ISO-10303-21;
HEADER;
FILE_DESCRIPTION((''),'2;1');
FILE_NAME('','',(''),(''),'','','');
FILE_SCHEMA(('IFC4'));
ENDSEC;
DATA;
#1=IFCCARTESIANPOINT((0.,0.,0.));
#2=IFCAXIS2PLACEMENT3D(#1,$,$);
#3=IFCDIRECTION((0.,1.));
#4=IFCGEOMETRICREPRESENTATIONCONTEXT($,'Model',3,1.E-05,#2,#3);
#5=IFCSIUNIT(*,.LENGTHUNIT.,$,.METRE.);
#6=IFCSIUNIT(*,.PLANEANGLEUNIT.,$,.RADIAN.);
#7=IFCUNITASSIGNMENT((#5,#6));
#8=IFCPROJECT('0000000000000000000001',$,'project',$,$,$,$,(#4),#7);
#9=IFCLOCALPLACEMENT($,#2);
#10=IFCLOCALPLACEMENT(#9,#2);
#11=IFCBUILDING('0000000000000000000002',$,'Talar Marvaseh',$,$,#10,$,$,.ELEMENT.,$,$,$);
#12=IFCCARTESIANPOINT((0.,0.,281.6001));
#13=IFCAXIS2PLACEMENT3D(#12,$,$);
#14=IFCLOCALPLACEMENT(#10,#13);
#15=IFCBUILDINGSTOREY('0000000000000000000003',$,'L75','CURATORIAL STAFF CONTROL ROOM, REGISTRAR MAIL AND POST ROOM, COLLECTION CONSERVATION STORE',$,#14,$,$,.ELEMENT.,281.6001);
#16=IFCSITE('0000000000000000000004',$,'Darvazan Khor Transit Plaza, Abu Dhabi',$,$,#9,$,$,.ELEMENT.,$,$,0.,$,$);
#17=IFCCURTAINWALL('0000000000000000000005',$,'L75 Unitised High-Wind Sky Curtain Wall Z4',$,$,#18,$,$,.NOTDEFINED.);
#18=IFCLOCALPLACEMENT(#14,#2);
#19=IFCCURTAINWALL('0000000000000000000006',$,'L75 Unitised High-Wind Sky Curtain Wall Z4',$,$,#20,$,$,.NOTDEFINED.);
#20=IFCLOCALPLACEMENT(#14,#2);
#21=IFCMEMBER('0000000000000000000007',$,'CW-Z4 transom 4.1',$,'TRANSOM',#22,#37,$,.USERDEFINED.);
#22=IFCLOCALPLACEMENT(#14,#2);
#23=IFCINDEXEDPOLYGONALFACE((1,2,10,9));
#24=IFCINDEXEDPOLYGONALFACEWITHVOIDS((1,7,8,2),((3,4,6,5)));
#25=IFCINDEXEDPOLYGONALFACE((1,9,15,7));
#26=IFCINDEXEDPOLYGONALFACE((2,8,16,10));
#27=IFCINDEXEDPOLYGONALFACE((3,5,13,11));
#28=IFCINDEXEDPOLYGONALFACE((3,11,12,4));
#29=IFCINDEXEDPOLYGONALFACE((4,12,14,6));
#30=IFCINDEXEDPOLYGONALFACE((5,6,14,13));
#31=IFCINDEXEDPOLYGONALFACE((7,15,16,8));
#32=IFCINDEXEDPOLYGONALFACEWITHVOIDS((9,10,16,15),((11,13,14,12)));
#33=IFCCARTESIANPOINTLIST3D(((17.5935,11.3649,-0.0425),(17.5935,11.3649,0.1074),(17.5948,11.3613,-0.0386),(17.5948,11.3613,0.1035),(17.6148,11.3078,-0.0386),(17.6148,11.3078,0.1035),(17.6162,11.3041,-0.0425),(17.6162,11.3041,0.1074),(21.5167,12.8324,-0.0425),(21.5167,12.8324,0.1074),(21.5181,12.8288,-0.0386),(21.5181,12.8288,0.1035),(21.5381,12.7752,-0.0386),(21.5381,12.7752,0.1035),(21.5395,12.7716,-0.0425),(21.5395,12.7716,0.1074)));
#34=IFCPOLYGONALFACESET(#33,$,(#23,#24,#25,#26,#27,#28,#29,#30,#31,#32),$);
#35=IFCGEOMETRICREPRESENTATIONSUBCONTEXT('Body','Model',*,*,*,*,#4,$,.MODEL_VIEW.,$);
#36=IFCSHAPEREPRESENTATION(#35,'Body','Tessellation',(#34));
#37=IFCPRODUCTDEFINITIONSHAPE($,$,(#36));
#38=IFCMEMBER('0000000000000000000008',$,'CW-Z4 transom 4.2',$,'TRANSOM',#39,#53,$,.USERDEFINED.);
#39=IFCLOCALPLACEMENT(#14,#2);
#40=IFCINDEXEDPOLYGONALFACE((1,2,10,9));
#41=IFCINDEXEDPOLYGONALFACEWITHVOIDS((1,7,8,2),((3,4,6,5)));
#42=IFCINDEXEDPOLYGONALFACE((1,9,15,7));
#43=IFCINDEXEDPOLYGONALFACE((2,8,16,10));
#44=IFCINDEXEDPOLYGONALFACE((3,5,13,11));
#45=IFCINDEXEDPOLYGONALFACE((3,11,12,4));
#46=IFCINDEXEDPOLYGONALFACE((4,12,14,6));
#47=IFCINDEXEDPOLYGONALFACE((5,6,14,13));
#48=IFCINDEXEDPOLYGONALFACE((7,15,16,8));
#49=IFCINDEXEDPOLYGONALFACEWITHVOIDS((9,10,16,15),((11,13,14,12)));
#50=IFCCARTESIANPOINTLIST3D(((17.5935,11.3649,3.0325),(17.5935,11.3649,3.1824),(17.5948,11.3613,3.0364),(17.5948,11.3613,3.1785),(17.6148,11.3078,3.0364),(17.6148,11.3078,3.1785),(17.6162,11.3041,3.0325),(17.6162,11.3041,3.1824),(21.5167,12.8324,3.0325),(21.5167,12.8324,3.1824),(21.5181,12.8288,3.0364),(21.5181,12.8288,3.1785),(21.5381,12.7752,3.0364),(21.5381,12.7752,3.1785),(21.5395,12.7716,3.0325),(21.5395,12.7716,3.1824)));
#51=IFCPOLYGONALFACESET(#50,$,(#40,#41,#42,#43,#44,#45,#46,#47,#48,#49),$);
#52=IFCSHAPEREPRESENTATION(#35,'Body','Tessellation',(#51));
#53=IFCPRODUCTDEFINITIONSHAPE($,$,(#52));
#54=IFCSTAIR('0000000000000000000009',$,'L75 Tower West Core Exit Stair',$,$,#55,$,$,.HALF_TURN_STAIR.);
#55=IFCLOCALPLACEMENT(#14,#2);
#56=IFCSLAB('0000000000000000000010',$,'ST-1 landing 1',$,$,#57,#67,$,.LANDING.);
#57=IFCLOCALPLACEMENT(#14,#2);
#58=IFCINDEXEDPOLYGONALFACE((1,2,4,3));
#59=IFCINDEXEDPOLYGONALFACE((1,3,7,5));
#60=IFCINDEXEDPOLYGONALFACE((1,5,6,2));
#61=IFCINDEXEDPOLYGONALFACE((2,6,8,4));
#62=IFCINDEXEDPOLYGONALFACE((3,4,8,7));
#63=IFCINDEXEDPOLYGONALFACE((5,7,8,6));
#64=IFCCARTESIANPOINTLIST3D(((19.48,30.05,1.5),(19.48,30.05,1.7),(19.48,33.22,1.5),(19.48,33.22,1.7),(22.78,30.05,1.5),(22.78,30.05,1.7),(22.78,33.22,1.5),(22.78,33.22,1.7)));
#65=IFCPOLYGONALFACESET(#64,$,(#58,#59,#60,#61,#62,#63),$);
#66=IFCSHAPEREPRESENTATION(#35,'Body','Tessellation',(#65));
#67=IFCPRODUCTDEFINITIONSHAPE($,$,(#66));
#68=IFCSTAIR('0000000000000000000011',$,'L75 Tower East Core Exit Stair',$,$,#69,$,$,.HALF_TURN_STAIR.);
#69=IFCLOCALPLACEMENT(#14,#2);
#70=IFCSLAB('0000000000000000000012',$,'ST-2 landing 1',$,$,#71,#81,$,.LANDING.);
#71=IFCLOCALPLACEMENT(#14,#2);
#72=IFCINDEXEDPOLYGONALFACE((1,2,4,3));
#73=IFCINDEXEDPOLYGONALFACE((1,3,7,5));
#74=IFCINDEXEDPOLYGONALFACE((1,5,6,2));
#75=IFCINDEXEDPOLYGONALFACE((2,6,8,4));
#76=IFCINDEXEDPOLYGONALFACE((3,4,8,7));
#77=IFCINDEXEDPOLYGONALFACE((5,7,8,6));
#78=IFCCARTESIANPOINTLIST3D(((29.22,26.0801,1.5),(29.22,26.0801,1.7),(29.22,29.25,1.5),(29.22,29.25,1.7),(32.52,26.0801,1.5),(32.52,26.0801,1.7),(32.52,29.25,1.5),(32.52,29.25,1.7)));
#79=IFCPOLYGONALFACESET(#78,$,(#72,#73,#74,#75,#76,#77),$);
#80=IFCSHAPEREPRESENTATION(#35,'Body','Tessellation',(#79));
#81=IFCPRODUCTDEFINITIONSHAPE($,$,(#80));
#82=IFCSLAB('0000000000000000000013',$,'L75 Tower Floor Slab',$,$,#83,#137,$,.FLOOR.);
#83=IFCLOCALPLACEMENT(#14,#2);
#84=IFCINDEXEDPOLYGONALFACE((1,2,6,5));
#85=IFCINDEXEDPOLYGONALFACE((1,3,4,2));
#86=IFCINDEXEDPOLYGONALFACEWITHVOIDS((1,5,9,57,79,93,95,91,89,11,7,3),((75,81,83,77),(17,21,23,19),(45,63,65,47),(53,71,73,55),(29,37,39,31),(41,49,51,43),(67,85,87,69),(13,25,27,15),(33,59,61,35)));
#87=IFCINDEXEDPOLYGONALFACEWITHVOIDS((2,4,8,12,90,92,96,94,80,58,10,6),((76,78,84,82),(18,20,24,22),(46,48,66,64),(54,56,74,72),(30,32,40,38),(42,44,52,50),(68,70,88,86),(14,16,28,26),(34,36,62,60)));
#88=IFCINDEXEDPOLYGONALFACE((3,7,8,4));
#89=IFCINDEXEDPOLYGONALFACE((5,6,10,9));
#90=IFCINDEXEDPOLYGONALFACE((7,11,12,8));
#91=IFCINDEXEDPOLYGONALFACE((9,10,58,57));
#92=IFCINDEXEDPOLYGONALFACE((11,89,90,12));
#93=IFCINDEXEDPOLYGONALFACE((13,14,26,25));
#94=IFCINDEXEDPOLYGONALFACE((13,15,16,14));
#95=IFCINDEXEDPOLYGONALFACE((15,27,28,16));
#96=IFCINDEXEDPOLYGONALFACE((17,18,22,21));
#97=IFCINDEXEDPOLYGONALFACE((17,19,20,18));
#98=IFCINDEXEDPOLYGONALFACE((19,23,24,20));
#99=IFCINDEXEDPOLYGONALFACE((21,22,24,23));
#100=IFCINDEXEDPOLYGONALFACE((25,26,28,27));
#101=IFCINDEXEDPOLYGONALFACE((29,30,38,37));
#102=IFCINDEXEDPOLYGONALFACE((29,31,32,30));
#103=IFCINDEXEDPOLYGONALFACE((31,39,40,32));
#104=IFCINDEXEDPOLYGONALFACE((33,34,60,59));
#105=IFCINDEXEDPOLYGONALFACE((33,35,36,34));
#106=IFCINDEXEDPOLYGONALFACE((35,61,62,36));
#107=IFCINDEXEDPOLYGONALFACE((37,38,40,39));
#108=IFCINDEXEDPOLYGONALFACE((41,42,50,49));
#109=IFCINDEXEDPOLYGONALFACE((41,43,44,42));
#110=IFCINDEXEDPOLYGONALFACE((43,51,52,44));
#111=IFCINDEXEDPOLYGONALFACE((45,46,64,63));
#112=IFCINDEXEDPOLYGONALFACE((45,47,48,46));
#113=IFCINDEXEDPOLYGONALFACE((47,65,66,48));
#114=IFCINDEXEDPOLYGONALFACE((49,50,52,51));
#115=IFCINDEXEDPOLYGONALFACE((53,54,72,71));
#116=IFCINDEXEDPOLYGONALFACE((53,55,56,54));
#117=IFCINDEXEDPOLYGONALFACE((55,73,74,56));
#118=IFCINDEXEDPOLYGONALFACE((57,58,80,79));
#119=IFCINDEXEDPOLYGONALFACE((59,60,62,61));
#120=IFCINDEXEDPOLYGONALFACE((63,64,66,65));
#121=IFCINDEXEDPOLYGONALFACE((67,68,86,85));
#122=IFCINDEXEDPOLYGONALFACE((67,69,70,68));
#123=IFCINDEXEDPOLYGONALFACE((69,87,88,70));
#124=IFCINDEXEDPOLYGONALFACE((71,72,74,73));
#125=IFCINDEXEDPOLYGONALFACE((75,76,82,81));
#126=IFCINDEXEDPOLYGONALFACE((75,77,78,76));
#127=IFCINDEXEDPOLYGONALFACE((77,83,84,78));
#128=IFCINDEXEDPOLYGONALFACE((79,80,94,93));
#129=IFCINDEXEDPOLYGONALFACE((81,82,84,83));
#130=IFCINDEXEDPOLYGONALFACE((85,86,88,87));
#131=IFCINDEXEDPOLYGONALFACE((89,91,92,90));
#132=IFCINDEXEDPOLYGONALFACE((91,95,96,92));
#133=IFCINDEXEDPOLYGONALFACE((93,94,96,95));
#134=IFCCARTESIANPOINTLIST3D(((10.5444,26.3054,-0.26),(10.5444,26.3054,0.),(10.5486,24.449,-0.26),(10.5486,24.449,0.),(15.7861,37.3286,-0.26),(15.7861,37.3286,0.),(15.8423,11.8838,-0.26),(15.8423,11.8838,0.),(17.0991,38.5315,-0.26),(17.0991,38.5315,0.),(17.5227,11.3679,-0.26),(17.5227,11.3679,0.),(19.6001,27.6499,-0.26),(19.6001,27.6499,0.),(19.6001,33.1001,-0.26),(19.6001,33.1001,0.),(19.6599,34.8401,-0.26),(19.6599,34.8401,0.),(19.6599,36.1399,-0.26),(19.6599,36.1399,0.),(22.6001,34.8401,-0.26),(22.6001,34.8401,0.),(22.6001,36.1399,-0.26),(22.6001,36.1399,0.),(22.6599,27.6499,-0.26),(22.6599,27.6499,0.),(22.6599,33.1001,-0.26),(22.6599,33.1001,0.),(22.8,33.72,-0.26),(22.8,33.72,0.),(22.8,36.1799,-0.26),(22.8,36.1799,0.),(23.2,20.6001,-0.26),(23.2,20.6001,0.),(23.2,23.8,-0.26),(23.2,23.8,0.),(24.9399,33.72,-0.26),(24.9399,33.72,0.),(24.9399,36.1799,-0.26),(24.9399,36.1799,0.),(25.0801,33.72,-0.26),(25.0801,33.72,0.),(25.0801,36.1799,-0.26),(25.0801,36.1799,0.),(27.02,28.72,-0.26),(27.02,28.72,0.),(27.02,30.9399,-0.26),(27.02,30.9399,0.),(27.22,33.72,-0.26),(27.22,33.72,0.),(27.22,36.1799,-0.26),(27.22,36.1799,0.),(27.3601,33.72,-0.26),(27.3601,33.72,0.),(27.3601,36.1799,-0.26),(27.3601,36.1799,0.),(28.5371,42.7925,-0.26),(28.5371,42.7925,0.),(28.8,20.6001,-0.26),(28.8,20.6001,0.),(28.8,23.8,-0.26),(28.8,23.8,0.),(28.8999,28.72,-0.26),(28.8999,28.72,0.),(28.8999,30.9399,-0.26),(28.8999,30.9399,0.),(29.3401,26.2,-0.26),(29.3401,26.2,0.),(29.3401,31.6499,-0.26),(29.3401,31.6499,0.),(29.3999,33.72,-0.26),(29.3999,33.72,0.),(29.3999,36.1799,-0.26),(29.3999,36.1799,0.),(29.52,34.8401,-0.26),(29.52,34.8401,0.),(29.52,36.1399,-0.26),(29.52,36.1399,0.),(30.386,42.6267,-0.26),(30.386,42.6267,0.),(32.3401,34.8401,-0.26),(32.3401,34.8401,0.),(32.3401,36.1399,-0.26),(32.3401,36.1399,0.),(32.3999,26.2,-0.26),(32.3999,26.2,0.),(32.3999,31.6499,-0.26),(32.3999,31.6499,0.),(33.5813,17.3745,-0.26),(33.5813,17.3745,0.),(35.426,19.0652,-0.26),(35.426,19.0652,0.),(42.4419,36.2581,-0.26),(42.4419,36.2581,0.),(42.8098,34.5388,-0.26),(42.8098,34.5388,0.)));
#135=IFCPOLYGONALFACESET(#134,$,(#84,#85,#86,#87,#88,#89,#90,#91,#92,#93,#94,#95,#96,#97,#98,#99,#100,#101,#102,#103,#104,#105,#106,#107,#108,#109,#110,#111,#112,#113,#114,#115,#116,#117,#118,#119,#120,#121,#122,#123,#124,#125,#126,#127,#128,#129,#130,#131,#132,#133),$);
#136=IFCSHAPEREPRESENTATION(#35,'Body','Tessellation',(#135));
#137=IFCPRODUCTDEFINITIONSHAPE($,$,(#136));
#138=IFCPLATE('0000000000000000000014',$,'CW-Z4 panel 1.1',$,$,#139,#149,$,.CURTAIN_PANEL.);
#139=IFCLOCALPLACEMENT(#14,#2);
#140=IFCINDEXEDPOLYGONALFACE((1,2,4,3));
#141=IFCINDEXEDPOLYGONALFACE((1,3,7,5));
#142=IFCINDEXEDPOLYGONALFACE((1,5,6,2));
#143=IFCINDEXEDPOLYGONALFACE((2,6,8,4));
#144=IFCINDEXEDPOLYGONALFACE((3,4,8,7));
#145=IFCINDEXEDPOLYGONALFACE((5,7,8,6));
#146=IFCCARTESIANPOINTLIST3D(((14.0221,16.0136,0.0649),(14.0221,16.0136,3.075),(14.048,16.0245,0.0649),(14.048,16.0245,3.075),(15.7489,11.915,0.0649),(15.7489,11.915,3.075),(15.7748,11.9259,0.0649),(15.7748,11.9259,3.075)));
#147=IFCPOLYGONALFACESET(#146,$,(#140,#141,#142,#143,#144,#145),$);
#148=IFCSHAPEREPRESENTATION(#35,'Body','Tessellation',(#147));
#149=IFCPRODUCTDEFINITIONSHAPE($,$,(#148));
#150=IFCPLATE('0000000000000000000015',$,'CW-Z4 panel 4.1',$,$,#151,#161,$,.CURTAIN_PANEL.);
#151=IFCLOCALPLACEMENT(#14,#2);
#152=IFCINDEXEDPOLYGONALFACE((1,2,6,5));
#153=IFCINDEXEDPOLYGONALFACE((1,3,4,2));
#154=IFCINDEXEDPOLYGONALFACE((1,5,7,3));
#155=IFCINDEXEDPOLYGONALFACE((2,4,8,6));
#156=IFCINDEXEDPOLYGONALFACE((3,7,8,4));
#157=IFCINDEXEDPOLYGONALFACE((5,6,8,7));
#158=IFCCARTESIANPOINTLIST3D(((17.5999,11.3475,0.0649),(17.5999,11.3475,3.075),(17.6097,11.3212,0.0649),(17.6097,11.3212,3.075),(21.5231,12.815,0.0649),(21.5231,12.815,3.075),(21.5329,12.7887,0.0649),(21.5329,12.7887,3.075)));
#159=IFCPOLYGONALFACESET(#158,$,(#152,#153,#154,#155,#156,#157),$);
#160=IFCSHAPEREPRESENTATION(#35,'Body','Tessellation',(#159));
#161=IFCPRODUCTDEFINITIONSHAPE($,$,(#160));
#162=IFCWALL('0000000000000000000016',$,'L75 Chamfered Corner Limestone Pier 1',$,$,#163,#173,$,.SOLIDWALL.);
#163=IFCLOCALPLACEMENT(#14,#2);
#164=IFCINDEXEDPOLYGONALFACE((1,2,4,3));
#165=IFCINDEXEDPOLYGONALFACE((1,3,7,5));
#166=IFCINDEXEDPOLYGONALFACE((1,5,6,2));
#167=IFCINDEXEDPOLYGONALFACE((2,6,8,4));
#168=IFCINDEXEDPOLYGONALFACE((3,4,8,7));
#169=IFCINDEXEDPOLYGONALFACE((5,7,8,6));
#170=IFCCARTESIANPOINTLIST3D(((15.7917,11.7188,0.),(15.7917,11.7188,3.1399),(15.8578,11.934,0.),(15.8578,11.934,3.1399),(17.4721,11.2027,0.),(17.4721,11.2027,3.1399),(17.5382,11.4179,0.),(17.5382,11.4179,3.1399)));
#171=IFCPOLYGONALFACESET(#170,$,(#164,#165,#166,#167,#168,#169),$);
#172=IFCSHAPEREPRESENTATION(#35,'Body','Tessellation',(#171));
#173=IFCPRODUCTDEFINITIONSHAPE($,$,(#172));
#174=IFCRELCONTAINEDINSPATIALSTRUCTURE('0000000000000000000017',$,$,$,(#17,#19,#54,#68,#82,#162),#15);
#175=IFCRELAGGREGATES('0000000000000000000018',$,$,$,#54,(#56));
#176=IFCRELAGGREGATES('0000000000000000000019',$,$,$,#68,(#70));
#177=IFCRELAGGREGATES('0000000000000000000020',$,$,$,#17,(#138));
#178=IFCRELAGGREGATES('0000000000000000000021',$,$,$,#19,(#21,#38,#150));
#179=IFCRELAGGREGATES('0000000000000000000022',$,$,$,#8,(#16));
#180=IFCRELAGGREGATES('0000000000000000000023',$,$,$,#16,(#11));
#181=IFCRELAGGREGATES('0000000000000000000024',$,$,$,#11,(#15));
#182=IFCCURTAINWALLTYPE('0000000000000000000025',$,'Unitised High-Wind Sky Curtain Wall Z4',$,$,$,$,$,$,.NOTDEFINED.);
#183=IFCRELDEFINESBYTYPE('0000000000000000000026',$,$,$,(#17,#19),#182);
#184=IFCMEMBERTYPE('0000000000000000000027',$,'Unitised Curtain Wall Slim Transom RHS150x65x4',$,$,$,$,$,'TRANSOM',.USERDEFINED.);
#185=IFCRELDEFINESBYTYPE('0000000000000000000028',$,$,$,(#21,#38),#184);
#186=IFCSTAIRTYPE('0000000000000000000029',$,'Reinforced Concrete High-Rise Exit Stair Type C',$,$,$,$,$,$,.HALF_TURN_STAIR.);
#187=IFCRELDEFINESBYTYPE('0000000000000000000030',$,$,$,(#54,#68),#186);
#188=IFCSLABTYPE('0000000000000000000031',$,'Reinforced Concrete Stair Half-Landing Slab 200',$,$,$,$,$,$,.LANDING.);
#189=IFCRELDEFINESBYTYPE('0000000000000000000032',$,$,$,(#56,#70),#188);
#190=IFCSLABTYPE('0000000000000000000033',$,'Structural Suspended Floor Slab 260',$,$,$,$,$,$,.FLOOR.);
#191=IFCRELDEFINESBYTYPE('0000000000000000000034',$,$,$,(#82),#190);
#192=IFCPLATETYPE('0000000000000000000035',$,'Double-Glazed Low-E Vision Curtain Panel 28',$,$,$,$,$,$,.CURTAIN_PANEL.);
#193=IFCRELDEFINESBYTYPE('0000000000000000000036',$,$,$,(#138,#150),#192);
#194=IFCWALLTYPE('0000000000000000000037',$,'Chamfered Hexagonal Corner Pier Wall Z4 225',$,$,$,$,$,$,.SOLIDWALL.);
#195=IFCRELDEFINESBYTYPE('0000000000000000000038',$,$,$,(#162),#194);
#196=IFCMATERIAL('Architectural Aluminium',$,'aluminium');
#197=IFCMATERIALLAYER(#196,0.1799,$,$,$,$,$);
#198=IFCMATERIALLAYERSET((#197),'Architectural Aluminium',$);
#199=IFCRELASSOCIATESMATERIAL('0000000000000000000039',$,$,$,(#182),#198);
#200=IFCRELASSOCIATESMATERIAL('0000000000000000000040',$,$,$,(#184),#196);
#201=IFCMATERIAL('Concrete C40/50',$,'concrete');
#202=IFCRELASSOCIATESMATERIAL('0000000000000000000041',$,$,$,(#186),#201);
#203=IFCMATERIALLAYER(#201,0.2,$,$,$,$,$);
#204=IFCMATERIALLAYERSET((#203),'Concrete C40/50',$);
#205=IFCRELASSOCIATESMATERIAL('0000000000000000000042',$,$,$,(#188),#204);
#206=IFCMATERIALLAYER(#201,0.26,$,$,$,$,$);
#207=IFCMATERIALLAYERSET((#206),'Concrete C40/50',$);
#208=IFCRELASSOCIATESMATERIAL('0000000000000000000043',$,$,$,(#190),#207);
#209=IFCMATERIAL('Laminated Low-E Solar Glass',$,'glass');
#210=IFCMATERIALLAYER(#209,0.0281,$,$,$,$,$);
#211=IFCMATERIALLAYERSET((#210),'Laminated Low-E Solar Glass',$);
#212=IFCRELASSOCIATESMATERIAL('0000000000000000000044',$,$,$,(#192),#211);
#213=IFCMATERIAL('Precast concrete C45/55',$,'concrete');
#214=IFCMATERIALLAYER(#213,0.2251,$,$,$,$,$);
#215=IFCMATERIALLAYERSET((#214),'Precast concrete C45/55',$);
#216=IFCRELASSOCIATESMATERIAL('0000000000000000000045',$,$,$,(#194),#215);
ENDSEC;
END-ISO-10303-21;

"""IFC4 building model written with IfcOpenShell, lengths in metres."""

from ifc_helpers import new_model, si_unit, direction, frame, frame_2d, origin, origin_2d, place, context, subcontext, project, spatial, polyline, rectangle, hollow_rectangle, outline, extrude, source, transform, mapped, material, layer, layer_set, material_profile, profile_set, type_object, type_shapes, element, aggregate, save


model = new_model("IFC4")

# Units and contexts
model_context = context("Model", 3, precision=1e-05, world=origin(), true_north=direction((0.0, 1.0)))
body_context = subcontext(model_context, "Body", "Model", "MODEL_VIEW")
ifc_project = project(units=[si_unit("LENGTHUNIT", "METRE"), si_unit("PLANEANGLEUNIT", "RADIAN")], contexts=[model_context])

# Site, building, storey
site_placement = place(None, origin())
site = spatial("IfcSite", under=ifc_project, at=site_placement, Name="Darvazan Khor Transit Plaza, Abu Dhabi", CompositionType="ELEMENT", RefElevation=0.0)
building_placement = place(site_placement, origin())
building = spatial("IfcBuilding", under=site, at=building_placement, Name="Talar Marvaseh", CompositionType="ELEMENT")
storey_placement = place(building_placement, frame((0.0, 0.0, 281.6001)))
storey = spatial("IfcBuildingStorey", under=building, at=storey_placement, Name="L75", Description="CURATORIAL STAFF CONTROL ROOM, REGISTRAR MAIL AND POST ROOM, COLLECTION CONSERVATION STORE", CompositionType="ELEMENT", Elevation=281.6001)

# Curtain walls
ifc_material_1 = material(Name="Architectural Aluminium", Category="aluminium")
ifc_layer_1 = layer(ifc_material_1, 0.1799)
ifc_layer_set_1 = layer_set([ifc_layer_1], Name="Architectural Aluminium")
curtain_wall_type = type_object("IfcCurtainWallType", Name="Unitised High-Wind Sky Curtain Wall Z4", PredefinedType="NOTDEFINED", material=ifc_layer_set_1)
curtain_wall_1_placement = place(storey_placement, origin())
curtain_wall_1 = element("IfcCurtainWall", 1, at=curtain_wall_1_placement, inside=storey, type_object=curtain_wall_type, Name="L75 Unitised High-Wind Sky Curtain Wall Z4", PredefinedType="NOTDEFINED")
curtain_wall_2_placement = place(storey_placement, origin())
curtain_wall_2 = element("IfcCurtainWall", 2, at=curtain_wall_2_placement, inside=storey, type_object=curtain_wall_type, Name="L75 Unitised High-Wind Sky Curtain Wall Z4", PredefinedType="NOTDEFINED")

# Members
ifc_material_profile_1 = material_profile(ifc_material_1, hollow_rectangle(XDim=0.0649, YDim=0.1499, WallThickness=0.0039, at=origin_2d()), Name="RHS150x65x4")
ifc_profile_set_1 = profile_set([ifc_material_profile_1], Name="Architectural Aluminium")
member_type_1 = type_object("IfcMemberType", Name="Unitised Curtain Wall Slim Transom RHS150x65x4", ElementType="TRANSOM", PredefinedType="USERDEFINED", material=ifc_profile_set_1)
shared_shape_1 = source(origin(), body_context, "Body", "SweptSolid", [
    extrude(hollow_rectangle(XDim=0.0649, YDim=0.1499, WallThickness=0.0039, at=origin_2d()), origin(), (0.0, 0.0, 1.0), 4.1887),
])
member_1_placement = place(storey_placement, frame((21.5281, 12.802, 0.0325), z_axis=(-0.936621, -0.350344, 0.0), x_axis=(0.350344, -0.936621, 0.0)))
member_1 = element("IfcMember", 3, at=member_1_placement, type_object=member_type_1, Name="CW-Z4 transom 4.1", ObjectType="TRANSOM", PredefinedType="USERDEFINED", context=body_context, shape_type="MappedRepresentation", body=[
    mapped(shared_shape_1, transform((0.0, 0.0, 0.0), x_axis=(1.0, 0.0, 0.0), y_axis=(0.0, 1.0, 0.0), z_axis=(0.0, 0.0, 1.0), scale=1.0)),
])
member_2_placement = place(storey_placement, frame((21.5281, 12.802, 3.1074), z_axis=(-0.936621, -0.350344, 0.0), x_axis=(0.350344, -0.936621, 0.0)))
member_2 = element("IfcMember", 4, at=member_2_placement, type_object=member_type_1, Name="CW-Z4 transom 4.2", ObjectType="TRANSOM", PredefinedType="USERDEFINED", context=body_context, shape_type="MappedRepresentation", body=[
    mapped(shared_shape_1, transform((0.0, 0.0, 0.0), x_axis=(1.0, 0.0, 0.0), y_axis=(0.0, 1.0, 0.0), z_axis=(0.0, 0.0, 1.0), scale=1.0)),
])

# Stairs, slabs
ifc_material_2 = material(Name="Concrete C40/50", Category="concrete")
stair_type = type_object("IfcStairType", Name="Reinforced Concrete High-Rise Exit Stair Type C", PredefinedType="HALF_TURN_STAIR", material=ifc_material_2)
stair_1_placement = place(storey_placement, origin())
stair_1 = element("IfcStair", 5, at=stair_1_placement, inside=storey, type_object=stair_type, Name="L75 Tower West Core Exit Stair", PredefinedType="HALF_TURN_STAIR")
ifc_layer_2 = layer(ifc_material_2, 0.2)
ifc_layer_set_2 = layer_set([ifc_layer_2], Name="Concrete C40/50")
slab_type_1 = type_object("IfcSlabType", Name="Reinforced Concrete Stair Half-Landing Slab 200", PredefinedType="LANDING", material=ifc_layer_set_2)
slab_1_placement = place(storey_placement, frame((0.0, 0.0, 1.5)))
slab_1 = element("IfcSlab", 6, at=slab_1_placement, type_object=slab_type_1, Name="ST-1 landing 1", PredefinedType="LANDING", context=body_context, shape_type="SweptSolid", body=[
    extrude(outline(polyline([(22.78, 30.05), (22.78, 33.22), (19.48, 33.22), (19.48, 30.05), (22.78, 30.05)])), origin(), (0.0, 0.0, 1.0), 0.2),
])
aggregate(stair_1, [slab_1])
stair_2_placement = place(storey_placement, origin())
stair_2 = element("IfcStair", 7, at=stair_2_placement, inside=storey, type_object=stair_type, Name="L75 Tower East Core Exit Stair", PredefinedType="HALF_TURN_STAIR")
slab_2_placement = place(storey_placement, frame((0.0, 0.0, 1.5)))
slab_2 = element("IfcSlab", 8, at=slab_2_placement, type_object=slab_type_1, Name="ST-2 landing 1", PredefinedType="LANDING", context=body_context, shape_type="SweptSolid", body=[
    extrude(outline(polyline([(29.22, 29.25), (29.22, 26.0801), (32.52, 26.0801), (32.52, 29.25), (29.22, 29.25)])), origin(), (0.0, 0.0, 1.0), 0.2),
])
aggregate(stair_2, [slab_2])

# Slab
ifc_layer_3 = layer(ifc_material_2, 0.26)
ifc_layer_set_3 = layer_set([ifc_layer_3], Name="Concrete C40/50")
slab_type_2 = type_object("IfcSlabType", Name="Structural Suspended Floor Slab 260", PredefinedType="FLOOR", material=ifc_layer_set_3)
slab_3_placement = place(storey_placement, frame((0.0, 0.0, -0.26)))
element("IfcSlab", 9, at=slab_3_placement, inside=storey, type_object=slab_type_2, Name="L75 Tower Floor Slab", PredefinedType="FLOOR", context=body_context, shape_type="SweptSolid", body=[
    extrude(outline(polyline([(17.5227, 11.3679), (15.8423, 11.8838), (10.5486, 24.449), (10.5444, 26.3054), (15.7861, 37.3286), (17.0991, 38.5315), (28.5371, 42.7925), (30.386, 42.6267), (42.4419, 36.2581), (42.8098, 34.5388), (35.426, 19.0652), (33.5813, 17.3745), (17.5227, 11.3679)]), holes=[polyline([(22.6599, 27.6499), (22.6599, 33.1001), (19.6001, 33.1001), (19.6001, 27.6499), (22.6599, 27.6499)]), polyline([(29.3401, 31.6499), (29.3401, 26.2), (32.3999, 26.2), (32.3999, 31.6499), (29.3401, 31.6499)]), polyline([(22.8, 33.72), (24.9399, 33.72), (24.9399, 36.1799), (22.8, 36.1799), (22.8, 33.72)]), polyline([(25.0801, 33.72), (27.22, 33.72), (27.22, 36.1799), (25.0801, 36.1799), (25.0801, 33.72)]), polyline([(27.3601, 33.72), (29.3999, 33.72), (29.3999, 36.1799), (27.3601, 36.1799), (27.3601, 33.72)]), polyline([(27.02, 28.72), (28.8999, 28.72), (28.8999, 30.9399), (27.02, 30.9399), (27.02, 28.72)]), polyline([(19.6599, 34.8401), (22.6001, 34.8401), (22.6001, 36.1399), (19.6599, 36.1399), (19.6599, 34.8401)]), polyline([(29.52, 34.8401), (32.3401, 34.8401), (32.3401, 36.1399), (29.52, 36.1399), (29.52, 34.8401)]), polyline([(23.2, 20.6001), (28.8, 20.6001), (28.8, 23.8), (23.2, 23.8), (23.2, 20.6001)])]), origin(), (0.0, 0.0, 1.0), 0.26),
])

# Plates
ifc_material_3 = material(Name="Laminated Low-E Solar Glass", Category="glass")
ifc_layer_4 = layer(ifc_material_3, 0.0281)
ifc_layer_set_4 = layer_set([ifc_layer_4], Name="Laminated Low-E Solar Glass")
plate_type = type_object("IfcPlateType", Name="Double-Glazed Low-E Vision Curtain Panel 28", PredefinedType="CURTAIN_PANEL", material=ifc_layer_set_4)
shared_shape_2 = source(origin(), body_context, "Body", "SweptSolid", [
    extrude(rectangle(XDim=4.4475, YDim=0.0281, at=origin_2d()), origin(), (0.0, 0.0, 1.0), 3.01),
])
plate_1_placement = place(storey_placement, frame((14.8984, 13.9697, 0.0649), z_axis=(0.0, 0.0, 1.0), x_axis=(-0.388258, 0.921551, 0.0)))
plate_1 = element("IfcPlate", 10, at=plate_1_placement, type_object=plate_type, Name="CW-Z4 panel 1.1", PredefinedType="CURTAIN_PANEL", context=body_context, shape_type="MappedRepresentation", body=[
    mapped(shared_shape_2, transform((0.0, 0.0, 0.0), x_axis=(1.0, 0.0, 0.0), y_axis=(0.0, 1.0, 0.0), z_axis=(0.0, 0.0, 1.0), scale=1.0)),
])
aggregate(curtain_wall_1, [plate_1])
shared_shape_3 = source(origin(), body_context, "Body", "SweptSolid", [
    extrude(rectangle(XDim=4.1887, YDim=0.0281, at=origin_2d()), origin(), (0.0, 0.0, 1.0), 3.01),
])
type_shapes(plate_type, [shared_shape_2, shared_shape_3])
plate_2_placement = place(storey_placement, frame((19.5664, 12.0681, 0.0649), z_axis=(0.0, 0.0, 1.0), x_axis=(-0.936618, -0.350351, 0.0)))
plate_2 = element("IfcPlate", 11, at=plate_2_placement, type_object=plate_type, Name="CW-Z4 panel 4.1", PredefinedType="CURTAIN_PANEL", context=body_context, shape_type="MappedRepresentation", body=[
    mapped(shared_shape_3, transform((0.0, 0.0, 0.0), x_axis=(1.0, 0.0, 0.0), y_axis=(0.0, 1.0, 0.0), z_axis=(0.0, 0.0, 1.0), scale=1.0)),
])
aggregate(curtain_wall_2, [member_1, member_2, plate_2])

# Wall
ifc_material_4 = material(Name="Precast concrete C45/55", Category="concrete")
ifc_layer_5 = layer(ifc_material_4, 0.2251)
ifc_layer_set_5 = layer_set([ifc_layer_5], Name="Precast concrete C45/55")
wall_type = type_object("IfcWallType", Name="Chamfered Hexagonal Corner Pier Wall Z4 225", PredefinedType="SOLIDWALL", material=ifc_layer_set_5)
wall_placement = place(storey_placement, frame((17.5051, 11.3103, 0.0), z_axis=(0.0, 0.0, 1.0), x_axis=(-0.955929, 0.293598, 0.0)))
element("IfcWall", 12, at=wall_placement, inside=storey, type_object=wall_type, Name="L75 Chamfered Corner Limestone Pier 1", PredefinedType="SOLIDWALL", context=body_context, shape_type="SweptSolid", body=[
    extrude(rectangle(XDim=1.7578, YDim=0.2251, at=frame_2d((0.8789, 0.0))), origin(), (0.0, 0.0, 1.0), 3.1399),
])

save(model, "model.ifc")
